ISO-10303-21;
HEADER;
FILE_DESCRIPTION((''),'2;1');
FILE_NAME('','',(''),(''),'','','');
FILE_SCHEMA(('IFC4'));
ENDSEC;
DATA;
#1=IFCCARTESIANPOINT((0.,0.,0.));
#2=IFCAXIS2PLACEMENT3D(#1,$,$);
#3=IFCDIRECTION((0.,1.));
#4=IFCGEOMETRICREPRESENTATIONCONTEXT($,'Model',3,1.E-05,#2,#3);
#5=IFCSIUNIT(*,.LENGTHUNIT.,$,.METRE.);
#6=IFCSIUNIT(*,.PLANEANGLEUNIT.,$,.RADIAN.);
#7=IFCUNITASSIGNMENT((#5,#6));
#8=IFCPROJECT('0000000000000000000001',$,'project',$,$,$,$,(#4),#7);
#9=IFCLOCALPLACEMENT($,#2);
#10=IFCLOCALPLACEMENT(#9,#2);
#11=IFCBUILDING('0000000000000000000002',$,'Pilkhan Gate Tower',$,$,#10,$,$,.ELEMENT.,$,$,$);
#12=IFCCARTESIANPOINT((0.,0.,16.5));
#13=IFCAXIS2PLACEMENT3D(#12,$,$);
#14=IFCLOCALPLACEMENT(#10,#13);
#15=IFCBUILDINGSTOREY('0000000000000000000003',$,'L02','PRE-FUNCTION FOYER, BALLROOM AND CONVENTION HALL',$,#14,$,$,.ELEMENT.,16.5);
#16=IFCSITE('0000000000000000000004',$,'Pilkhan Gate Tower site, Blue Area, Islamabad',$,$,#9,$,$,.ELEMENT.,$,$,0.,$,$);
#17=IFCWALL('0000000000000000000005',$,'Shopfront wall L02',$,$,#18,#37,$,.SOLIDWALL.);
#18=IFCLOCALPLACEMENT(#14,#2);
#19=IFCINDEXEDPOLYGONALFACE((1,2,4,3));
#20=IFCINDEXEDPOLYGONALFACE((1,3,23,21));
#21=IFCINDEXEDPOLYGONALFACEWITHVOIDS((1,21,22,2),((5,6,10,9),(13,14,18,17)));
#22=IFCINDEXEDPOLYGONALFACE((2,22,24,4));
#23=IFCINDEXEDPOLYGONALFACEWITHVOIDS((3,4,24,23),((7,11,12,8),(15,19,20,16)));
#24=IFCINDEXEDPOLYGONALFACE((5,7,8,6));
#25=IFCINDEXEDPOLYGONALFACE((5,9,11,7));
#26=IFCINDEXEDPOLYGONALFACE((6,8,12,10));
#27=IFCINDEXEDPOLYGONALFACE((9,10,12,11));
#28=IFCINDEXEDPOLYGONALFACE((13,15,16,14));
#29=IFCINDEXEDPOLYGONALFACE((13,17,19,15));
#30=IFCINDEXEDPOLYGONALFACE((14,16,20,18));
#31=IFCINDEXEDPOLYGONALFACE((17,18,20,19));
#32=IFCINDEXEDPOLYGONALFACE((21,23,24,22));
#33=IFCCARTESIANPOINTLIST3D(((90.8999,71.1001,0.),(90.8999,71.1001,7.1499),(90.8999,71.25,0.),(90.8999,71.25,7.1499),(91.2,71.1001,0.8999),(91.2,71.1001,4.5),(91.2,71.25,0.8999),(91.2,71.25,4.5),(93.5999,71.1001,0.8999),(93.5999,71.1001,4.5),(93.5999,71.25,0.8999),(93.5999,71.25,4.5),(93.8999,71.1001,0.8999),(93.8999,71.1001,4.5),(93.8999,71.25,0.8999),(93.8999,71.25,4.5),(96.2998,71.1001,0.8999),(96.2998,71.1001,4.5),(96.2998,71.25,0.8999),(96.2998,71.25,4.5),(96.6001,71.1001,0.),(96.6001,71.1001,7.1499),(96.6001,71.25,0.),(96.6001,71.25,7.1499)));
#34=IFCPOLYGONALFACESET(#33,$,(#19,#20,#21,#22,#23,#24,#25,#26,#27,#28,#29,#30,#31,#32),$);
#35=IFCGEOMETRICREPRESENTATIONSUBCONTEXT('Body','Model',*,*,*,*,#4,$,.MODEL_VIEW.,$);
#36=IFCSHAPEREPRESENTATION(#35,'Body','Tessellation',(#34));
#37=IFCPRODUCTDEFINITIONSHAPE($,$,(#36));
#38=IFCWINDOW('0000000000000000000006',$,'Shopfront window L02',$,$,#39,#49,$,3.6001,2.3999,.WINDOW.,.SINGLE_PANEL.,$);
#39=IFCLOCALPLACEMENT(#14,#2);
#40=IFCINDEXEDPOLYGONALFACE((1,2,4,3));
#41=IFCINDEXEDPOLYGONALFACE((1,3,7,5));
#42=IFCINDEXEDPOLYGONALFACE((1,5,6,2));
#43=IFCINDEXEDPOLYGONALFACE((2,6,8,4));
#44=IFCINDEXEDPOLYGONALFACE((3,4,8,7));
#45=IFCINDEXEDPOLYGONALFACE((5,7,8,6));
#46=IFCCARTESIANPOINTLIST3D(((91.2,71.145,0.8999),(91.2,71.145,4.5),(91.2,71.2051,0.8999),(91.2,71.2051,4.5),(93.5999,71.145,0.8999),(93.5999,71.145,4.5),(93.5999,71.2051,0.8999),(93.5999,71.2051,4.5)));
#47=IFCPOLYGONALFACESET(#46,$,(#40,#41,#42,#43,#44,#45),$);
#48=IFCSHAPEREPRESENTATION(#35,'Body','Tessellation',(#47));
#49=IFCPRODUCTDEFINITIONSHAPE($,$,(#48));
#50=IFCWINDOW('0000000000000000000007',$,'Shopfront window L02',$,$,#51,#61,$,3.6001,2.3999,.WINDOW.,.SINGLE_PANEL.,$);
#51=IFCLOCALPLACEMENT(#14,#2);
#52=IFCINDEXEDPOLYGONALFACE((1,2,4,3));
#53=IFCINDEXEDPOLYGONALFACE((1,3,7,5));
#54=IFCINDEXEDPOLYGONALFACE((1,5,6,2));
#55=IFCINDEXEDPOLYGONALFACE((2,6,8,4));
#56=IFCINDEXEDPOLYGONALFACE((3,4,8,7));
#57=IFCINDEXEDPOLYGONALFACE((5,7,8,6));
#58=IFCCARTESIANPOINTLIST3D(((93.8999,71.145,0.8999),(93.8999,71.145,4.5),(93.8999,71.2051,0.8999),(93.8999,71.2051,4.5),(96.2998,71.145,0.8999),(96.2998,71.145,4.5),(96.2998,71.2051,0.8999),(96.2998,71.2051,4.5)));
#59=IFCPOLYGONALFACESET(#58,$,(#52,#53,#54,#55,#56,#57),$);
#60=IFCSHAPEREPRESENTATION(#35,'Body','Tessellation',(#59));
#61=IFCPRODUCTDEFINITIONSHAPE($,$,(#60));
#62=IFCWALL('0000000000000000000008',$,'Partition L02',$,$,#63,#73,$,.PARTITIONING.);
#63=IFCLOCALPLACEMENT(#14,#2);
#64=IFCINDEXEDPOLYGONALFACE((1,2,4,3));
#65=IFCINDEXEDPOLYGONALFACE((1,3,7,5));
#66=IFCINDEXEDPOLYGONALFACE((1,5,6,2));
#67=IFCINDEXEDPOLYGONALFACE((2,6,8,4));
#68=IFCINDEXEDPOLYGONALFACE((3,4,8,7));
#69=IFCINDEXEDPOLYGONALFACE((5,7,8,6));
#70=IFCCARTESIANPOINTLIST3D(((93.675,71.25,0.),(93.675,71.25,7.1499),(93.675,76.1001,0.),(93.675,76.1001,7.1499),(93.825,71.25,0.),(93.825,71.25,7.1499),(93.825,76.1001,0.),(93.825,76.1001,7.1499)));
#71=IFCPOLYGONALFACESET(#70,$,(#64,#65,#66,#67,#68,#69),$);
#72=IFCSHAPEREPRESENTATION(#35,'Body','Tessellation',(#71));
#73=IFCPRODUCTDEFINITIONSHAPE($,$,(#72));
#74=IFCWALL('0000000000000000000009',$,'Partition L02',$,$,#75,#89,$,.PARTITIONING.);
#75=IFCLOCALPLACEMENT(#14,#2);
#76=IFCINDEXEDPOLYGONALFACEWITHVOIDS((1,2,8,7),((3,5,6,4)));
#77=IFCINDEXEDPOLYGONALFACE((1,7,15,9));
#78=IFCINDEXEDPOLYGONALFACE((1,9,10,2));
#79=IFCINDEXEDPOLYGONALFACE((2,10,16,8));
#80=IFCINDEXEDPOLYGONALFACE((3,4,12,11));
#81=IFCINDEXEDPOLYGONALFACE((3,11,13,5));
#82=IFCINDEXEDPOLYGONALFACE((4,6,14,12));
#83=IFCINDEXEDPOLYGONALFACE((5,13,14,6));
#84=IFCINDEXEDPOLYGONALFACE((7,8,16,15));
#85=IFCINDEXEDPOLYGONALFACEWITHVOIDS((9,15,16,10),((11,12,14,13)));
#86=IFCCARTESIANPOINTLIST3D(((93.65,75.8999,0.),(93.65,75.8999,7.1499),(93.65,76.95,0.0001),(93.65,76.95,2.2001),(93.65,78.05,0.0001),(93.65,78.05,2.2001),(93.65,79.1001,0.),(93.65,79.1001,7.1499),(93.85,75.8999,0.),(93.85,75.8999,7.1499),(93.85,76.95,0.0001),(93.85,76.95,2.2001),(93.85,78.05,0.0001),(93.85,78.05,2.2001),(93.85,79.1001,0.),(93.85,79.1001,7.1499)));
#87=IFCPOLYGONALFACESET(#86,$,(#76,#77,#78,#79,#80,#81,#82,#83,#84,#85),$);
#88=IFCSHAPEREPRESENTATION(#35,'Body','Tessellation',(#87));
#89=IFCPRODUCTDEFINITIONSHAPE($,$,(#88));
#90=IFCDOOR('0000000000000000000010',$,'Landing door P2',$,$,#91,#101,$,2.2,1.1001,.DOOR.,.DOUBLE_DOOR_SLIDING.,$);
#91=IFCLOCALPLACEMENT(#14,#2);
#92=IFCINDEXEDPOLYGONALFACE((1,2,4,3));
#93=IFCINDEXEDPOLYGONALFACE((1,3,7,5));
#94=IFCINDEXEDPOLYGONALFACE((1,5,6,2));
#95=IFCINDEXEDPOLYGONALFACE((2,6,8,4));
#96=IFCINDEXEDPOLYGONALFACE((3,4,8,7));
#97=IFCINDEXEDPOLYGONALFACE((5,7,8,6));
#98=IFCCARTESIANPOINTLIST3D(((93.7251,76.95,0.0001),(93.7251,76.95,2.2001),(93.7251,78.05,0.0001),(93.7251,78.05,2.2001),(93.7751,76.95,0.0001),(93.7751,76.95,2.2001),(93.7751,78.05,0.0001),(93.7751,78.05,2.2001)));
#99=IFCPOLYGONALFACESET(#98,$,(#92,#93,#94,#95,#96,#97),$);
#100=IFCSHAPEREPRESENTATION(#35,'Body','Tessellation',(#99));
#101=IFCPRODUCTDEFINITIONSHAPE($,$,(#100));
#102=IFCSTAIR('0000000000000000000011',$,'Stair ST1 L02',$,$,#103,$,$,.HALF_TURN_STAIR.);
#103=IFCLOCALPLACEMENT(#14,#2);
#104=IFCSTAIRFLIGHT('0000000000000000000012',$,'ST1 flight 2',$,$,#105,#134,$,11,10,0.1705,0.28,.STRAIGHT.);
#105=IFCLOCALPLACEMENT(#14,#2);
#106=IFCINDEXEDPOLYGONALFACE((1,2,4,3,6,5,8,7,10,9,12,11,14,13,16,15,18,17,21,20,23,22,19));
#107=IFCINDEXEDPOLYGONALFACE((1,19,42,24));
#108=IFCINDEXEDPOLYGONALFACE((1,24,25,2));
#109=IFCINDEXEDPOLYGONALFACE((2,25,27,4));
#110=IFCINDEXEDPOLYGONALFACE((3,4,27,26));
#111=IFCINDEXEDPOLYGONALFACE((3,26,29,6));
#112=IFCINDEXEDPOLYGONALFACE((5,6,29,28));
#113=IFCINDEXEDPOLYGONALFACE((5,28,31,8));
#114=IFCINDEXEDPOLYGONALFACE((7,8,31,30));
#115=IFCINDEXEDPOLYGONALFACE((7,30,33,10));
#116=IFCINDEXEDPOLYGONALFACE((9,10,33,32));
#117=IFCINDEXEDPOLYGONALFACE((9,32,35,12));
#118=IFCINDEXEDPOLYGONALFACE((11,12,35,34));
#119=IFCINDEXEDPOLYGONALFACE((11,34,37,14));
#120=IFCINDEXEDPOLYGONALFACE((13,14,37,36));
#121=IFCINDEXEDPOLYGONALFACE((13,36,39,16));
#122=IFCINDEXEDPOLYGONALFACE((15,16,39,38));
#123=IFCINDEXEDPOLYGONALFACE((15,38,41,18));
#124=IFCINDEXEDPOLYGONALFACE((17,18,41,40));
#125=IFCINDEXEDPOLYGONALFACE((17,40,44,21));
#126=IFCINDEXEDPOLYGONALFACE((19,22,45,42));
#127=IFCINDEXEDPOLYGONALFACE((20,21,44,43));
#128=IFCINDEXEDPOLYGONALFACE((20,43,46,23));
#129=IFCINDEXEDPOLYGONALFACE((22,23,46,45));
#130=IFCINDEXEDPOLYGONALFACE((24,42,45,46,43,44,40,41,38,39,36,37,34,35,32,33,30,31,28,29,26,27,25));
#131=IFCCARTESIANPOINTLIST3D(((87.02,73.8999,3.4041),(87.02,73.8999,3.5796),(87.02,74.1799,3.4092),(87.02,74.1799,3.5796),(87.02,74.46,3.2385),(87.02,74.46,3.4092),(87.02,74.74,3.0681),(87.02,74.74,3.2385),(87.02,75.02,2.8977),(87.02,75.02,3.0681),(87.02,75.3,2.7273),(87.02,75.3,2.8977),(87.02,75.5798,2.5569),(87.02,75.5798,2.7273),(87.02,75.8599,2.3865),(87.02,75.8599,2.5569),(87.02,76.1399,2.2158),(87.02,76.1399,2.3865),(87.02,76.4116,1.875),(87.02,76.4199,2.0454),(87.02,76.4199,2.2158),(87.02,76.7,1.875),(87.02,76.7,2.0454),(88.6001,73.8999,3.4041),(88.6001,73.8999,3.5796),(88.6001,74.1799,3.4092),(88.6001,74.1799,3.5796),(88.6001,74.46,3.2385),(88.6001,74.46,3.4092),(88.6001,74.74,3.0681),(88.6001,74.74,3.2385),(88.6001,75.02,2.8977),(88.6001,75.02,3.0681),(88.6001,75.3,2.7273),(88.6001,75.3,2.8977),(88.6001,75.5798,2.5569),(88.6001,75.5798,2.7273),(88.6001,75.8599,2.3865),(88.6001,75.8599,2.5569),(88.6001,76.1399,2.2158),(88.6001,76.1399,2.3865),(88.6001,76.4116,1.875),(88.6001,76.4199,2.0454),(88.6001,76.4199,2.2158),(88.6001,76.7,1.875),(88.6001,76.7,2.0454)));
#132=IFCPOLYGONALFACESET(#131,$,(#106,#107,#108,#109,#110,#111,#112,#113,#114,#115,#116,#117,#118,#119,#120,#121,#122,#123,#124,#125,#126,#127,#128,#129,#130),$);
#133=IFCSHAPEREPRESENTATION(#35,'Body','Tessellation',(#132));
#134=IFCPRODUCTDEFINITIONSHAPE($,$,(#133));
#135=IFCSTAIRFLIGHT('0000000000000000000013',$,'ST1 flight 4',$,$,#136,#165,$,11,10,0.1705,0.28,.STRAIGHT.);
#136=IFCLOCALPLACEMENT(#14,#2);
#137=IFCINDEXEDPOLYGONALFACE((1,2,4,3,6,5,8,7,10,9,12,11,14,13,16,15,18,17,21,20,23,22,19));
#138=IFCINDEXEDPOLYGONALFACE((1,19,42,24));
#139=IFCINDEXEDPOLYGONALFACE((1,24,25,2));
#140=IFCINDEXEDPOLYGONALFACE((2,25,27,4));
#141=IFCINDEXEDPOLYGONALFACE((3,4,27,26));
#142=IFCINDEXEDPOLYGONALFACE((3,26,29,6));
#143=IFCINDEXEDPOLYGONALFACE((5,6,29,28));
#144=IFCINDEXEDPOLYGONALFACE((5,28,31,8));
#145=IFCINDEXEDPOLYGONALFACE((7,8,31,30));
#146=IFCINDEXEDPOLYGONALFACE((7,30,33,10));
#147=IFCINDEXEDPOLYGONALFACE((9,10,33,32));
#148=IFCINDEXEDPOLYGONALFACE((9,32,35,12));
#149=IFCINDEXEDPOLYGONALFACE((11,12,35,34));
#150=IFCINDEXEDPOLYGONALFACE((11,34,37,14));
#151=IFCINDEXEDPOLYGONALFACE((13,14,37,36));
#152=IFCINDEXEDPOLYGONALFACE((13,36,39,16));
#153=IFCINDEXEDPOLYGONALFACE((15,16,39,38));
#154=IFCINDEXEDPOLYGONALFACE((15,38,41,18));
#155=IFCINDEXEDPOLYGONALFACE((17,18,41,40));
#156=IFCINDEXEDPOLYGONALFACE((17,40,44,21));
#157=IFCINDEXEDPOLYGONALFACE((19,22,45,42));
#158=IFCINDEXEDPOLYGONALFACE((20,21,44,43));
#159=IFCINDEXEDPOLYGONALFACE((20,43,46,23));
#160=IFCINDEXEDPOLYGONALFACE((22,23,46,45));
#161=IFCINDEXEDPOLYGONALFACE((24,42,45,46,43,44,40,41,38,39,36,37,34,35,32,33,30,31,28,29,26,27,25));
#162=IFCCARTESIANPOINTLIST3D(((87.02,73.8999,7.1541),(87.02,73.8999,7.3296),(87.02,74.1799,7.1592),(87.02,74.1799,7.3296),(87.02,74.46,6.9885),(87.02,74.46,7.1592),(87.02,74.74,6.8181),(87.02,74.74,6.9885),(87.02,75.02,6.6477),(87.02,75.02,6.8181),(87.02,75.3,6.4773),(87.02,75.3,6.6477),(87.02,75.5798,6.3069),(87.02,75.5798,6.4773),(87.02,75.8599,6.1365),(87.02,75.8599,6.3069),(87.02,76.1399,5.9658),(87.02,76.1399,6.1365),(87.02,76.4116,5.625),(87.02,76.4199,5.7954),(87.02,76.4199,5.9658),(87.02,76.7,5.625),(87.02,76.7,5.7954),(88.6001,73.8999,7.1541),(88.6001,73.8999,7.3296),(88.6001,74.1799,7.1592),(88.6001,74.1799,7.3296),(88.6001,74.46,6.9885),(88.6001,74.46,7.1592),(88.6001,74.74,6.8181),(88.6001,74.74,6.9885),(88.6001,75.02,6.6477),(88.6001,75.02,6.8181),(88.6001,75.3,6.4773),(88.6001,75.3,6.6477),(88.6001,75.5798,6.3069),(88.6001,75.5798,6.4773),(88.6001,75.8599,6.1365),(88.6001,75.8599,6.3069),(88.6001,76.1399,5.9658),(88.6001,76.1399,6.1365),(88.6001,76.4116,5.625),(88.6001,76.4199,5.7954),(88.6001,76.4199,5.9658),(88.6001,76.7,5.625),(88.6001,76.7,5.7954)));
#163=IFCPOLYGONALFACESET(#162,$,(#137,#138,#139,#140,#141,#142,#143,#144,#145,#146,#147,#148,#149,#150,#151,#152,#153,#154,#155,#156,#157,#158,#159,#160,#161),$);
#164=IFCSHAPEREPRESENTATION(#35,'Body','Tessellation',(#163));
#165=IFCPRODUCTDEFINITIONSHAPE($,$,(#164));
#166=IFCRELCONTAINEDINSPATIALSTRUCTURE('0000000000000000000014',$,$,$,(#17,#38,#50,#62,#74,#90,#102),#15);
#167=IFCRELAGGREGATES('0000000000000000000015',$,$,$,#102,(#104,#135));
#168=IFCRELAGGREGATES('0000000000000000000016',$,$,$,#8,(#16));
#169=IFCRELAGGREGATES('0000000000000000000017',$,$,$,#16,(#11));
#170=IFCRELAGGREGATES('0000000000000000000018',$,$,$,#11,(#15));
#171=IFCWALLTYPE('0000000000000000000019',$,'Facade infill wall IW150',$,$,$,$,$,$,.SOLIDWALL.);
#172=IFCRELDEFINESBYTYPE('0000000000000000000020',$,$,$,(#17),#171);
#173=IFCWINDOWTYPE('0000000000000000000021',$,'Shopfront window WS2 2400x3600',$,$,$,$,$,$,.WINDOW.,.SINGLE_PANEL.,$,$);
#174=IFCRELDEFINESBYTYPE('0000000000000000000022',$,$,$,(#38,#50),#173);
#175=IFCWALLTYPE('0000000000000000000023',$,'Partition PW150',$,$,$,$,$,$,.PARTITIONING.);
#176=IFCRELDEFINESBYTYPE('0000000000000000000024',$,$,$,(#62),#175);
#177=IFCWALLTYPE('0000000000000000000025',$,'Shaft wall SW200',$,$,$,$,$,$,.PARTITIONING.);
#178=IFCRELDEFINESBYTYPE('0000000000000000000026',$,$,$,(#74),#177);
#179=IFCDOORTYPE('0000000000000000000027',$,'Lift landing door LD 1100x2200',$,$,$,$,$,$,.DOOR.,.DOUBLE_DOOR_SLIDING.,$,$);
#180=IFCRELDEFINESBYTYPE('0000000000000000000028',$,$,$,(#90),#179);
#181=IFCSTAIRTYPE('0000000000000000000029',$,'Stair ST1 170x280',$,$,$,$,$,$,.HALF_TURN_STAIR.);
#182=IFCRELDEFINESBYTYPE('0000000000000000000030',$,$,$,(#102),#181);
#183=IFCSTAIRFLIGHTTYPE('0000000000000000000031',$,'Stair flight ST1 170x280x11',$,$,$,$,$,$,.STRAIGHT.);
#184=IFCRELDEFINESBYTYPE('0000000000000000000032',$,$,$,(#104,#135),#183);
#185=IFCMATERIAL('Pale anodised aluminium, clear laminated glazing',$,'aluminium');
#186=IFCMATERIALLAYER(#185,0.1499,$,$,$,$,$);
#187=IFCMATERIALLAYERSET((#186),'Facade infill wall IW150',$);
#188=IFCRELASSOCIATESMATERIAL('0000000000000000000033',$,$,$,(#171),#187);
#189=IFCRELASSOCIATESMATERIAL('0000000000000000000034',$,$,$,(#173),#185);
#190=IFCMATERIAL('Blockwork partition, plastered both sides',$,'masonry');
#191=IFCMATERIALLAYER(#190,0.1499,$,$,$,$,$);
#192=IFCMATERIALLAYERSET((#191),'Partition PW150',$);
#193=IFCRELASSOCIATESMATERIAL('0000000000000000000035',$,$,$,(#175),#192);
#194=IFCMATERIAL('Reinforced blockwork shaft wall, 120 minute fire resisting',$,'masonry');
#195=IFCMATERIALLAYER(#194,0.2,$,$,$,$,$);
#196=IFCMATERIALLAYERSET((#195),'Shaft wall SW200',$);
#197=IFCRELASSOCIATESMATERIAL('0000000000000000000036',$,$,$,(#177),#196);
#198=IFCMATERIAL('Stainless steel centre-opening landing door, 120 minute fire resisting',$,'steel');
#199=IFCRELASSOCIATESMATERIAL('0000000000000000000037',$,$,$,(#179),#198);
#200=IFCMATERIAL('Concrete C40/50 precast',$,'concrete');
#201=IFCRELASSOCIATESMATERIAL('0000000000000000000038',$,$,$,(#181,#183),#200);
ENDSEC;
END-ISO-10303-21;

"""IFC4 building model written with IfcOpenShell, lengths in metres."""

from ifc_helpers import new_model, si_unit, direction, frame, frame_2d, origin, place, context, subcontext, project, spatial, polyline, rectangle, outline, extrude, material, layer, layer_set, type_object, element, fill, aggregate, save


model = new_model("IFC4")

# Units and contexts
model_context = context("Model", 3, precision=1e-05, world=origin(), true_north=direction((0.0, 1.0)))
body_context = subcontext(model_context, "Body", "Model", "MODEL_VIEW")
ifc_project = project(units=[si_unit("LENGTHUNIT", "METRE"), si_unit("PLANEANGLEUNIT", "RADIAN")], contexts=[model_context])

# Site, building, storey
site_placement = place(None, origin())
site = spatial("IfcSite", under=ifc_project, at=site_placement, Name="Pilkhan Gate Tower site, Blue Area, Islamabad", CompositionType="ELEMENT", RefElevation=0.0)
building_placement = place(site_placement, origin())
building = spatial("IfcBuilding", under=site, at=building_placement, Name="Pilkhan Gate Tower", CompositionType="ELEMENT")
storey_placement = place(building_placement, frame((0.0, 0.0, 16.5)))
storey = spatial("IfcBuildingStorey", under=building, at=storey_placement, Name="L02", Description="PRE-FUNCTION FOYER, BALLROOM AND CONVENTION HALL", CompositionType="ELEMENT", Elevation=16.5)

# Wall, openings, windows
ifc_material_1 = material(Name="Pale anodised aluminium, clear laminated glazing", Category="aluminium")
ifc_layer_1 = layer(ifc_material_1, 0.1499)
ifc_layer_set_1 = layer_set([ifc_layer_1], Name="Facade infill wall IW150")
wall_type_1 = type_object("IfcWallType", Name="Facade infill wall IW150", PredefinedType="SOLIDWALL", material=ifc_layer_set_1)
wall_1_placement = place(storey_placement, frame((90.8999, 71.175, 0.0), z_axis=(0.0, 0.0, 1.0), x_axis=(1.0, 0.0, 0.0)))
wall_1 = element("IfcWall", 1, at=wall_1_placement, inside=storey, type_object=wall_type_1, Name="Shopfront wall L02", PredefinedType="SOLIDWALL", context=body_context, shape_type="SweptSolid", body=[
    extrude(rectangle(XDim=5.7002, YDim=0.1499, at=frame_2d((2.8501, 0.0))), origin(), (0.0, 0.0, 1.0), 7.1499),
])
opening_1_placement = place(wall_1_placement, frame((0.3, 0.0, 0.8999)))
opening_1 = element("IfcOpeningElement", 2, at=opening_1_placement, cuts=wall_1, PredefinedType="OPENING", context=body_context, shape_type="SweptSolid", body=[
    extrude(rectangle(XDim=2.3999, YDim=3.6001, at=frame_2d((1.2, 1.8))), frame((0.0, 0.085, 0.0), z_axis=(0.0, -1.0, 0.0), x_axis=(1.0, 0.0, 0.0)), (0.0, 0.0, 1.0), 0.1699),
])
opening_2_placement = place(wall_1_placement, frame((3.0, 0.0, 0.8999)))
opening_2 = element("IfcOpeningElement", 3, at=opening_2_placement, cuts=wall_1, PredefinedType="OPENING", context=body_context, shape_type="SweptSolid", body=[
    extrude(rectangle(XDim=2.3999, YDim=3.6001, at=frame_2d((1.2, 1.8))), frame((0.0, 0.085, 0.0), z_axis=(0.0, -1.0, 0.0), x_axis=(1.0, 0.0, 0.0)), (0.0, 0.0, 1.0), 0.1699),
])
window_type = type_object("IfcWindowType", Name="Shopfront window WS2 2400x3600", PartitioningType="SINGLE_PANEL", PredefinedType="WINDOW", material=ifc_material_1)
window_1_placement = place(opening_1_placement, origin())
window_1 = element("IfcWindow", 4, at=window_1_placement, inside=storey, type_object=window_type, Name="Shopfront window L02", OverallHeight=3.6001, OverallWidth=2.3999, PartitioningType="SINGLE_PANEL", PredefinedType="WINDOW", context=body_context, shape_type="SweptSolid", body=[
    extrude(rectangle(XDim=2.3999, YDim=3.6001, at=frame_2d((1.2, 1.8))), frame((0.0, 0.03, 0.0), z_axis=(0.0, -1.0, 0.0), x_axis=(1.0, 0.0, 0.0)), (0.0, 0.0, 1.0), 0.0601),
])
fill(opening_1, window_1)
window_2_placement = place(opening_2_placement, origin())
window_2 = element("IfcWindow", 5, at=window_2_placement, inside=storey, type_object=window_type, Name="Shopfront window L02", OverallHeight=3.6001, OverallWidth=2.3999, PartitioningType="SINGLE_PANEL", PredefinedType="WINDOW", context=body_context, shape_type="SweptSolid", body=[
    extrude(rectangle(XDim=2.3999, YDim=3.6001, at=frame_2d((1.2, 1.8))), frame((0.0, 0.03, 0.0), z_axis=(0.0, -1.0, 0.0), x_axis=(1.0, 0.0, 0.0)), (0.0, 0.0, 1.0), 0.0601),
])
fill(opening_2, window_2)

# Wall
ifc_material_2 = material(Name="Blockwork partition, plastered both sides", Category="masonry")
ifc_layer_2 = layer(ifc_material_2, 0.1499)
ifc_layer_set_2 = layer_set([ifc_layer_2], Name="Partition PW150")
wall_type_2 = type_object("IfcWallType", Name="Partition PW150", PredefinedType="PARTITIONING", material=ifc_layer_set_2)
wall_2_placement = place(storey_placement, frame((93.75, 71.25, 0.0), z_axis=(0.0, 0.0, 1.0), x_axis=(0.0, 1.0, 0.0)))
element("IfcWall", 6, at=wall_2_placement, inside=storey, type_object=wall_type_2, Name="Partition L02", PredefinedType="PARTITIONING", context=body_context, shape_type="SweptSolid", body=[
    extrude(rectangle(XDim=4.8501, YDim=0.1499, at=frame_2d((2.425, 0.0))), origin(), (0.0, 0.0, 1.0), 7.1499),
])

# Wall, opening, door
ifc_material_3 = material(Name="Reinforced blockwork shaft wall, 120 minute fire resisting", Category="masonry")
ifc_layer_3 = layer(ifc_material_3, 0.2)
ifc_layer_set_3 = layer_set([ifc_layer_3], Name="Shaft wall SW200")
wall_type_3 = type_object("IfcWallType", Name="Shaft wall SW200", PredefinedType="PARTITIONING", material=ifc_layer_set_3)
wall_3_placement = place(storey_placement, frame((93.75, 75.8999, 0.0), z_axis=(0.0, 0.0, 1.0), x_axis=(0.0, 1.0, 0.0)))
wall_3 = element("IfcWall", 7, at=wall_3_placement, inside=storey, type_object=wall_type_3, Name="Partition L02", PredefinedType="PARTITIONING", context=body_context, shape_type="SweptSolid", body=[
    extrude(rectangle(XDim=3.2002, YDim=0.2, at=frame_2d((1.6001, 0.0))), origin(), (0.0, 0.0, 1.0), 7.1499),
])
opening_3_placement = place(wall_3_placement, frame((1.05, 0.0, 0.0)))
opening_3 = element("IfcOpeningElement", 8, at=opening_3_placement, cuts=wall_3, PredefinedType="OPENING", context=body_context, shape_type="SweptSolid", body=[
    extrude(rectangle(XDim=1.1001, YDim=2.2, at=frame_2d((0.55, 1.1001))), frame((0.0, 0.1099, 0.0), z_axis=(0.0, -1.0, 0.0), x_axis=(1.0, 0.0, 0.0)), (0.0, 0.0, 1.0), 0.22),
])
ifc_material_4 = material(Name="Stainless steel centre-opening landing door, 120 minute fire resisting", Category="steel")
door_type_1 = type_object("IfcDoorType", Name="Lift landing door LD 1100x2200", OperationType="DOUBLE_DOOR_SLIDING", PredefinedType="DOOR", material=ifc_material_4)
door_1_placement = place(opening_3_placement, origin())
door_1 = element("IfcDoor", 9, at=door_1_placement, inside=storey, type_object=door_type_1, Name="Landing door P2", OperationType="DOUBLE_DOOR_SLIDING", OverallHeight=2.2, OverallWidth=1.1001, PredefinedType="DOOR", context=body_context, shape_type="SweptSolid", body=[
    extrude(rectangle(XDim=1.1001, YDim=2.2, at=frame_2d((0.55, 1.1001))), frame((0.0, 0.0249, 0.0), z_axis=(0.0, -1.0, 0.0), x_axis=(1.0, 0.0, 0.0)), (0.0, 0.0, 1.0), 0.05),
])
fill(opening_3, door_1)

# Stair, stair flights
ifc_material_5 = material(Name="Concrete C40/50 precast", Category="concrete")
stair_type = type_object("IfcStairType", Name="Stair ST1 170x280", PredefinedType="HALF_TURN_STAIR", material=ifc_material_5)
stair_placement = place(storey_placement, origin())
stair = element("IfcStair", 10, at=stair_placement, inside=storey, type_object=stair_type, Name="Stair ST1 L02", PredefinedType="HALF_TURN_STAIR")
stair_flight_type = type_object("IfcStairFlightType", Name="Stair flight ST1 170x280x11", PredefinedType="STRAIGHT", material=ifc_material_5)
stair_flight_1_placement = place(storey_placement, frame((87.8101, 76.7, 1.875), z_axis=(0.0, 0.0, 1.0), x_axis=(0.0, -1.0, 0.0)))
stair_flight_1 = element("IfcStairFlight", 11, at=stair_flight_1_placement, type_object=stair_flight_type, Name="ST1 flight 2", NumberOfRisers=11, NumberOfTreads=10, PredefinedType="STRAIGHT", RiserHeight=0.1705, TreadLength=0.28, context=body_context, shape_type="SweptSolid", body=[
    extrude(outline(polyline([(0.0, 0.0), (0.0, 0.1704), (0.28, 0.1704), (0.28, 0.3408), (0.5601, 0.3408), (0.5601, 0.5115), (0.8401, 0.5115), (0.8401, 0.6819), (1.1201, 0.6819), (1.1201, 0.8523), (1.3999, 0.8523), (1.3999, 1.0227), (1.6799, 1.0227), (1.6799, 1.1931), (1.96, 1.1931), (1.96, 1.3635), (2.24, 1.3635), (2.24, 1.5342), (2.52, 1.5342), (2.52, 1.7046), (2.8, 1.7046), (2.8, 1.875), (2.8, 1.5291), (0.2883, 0.0), (0.0, 0.0)])), frame((0.0, 0.79, 0.0), z_axis=(0.0, -1.0, 0.0), x_axis=(1.0, 0.0, 0.0)), (0.0, 0.0, 1.0), 1.5801),
])
stair_flight_2_placement = place(storey_placement, frame((87.8101, 76.7, 5.625), z_axis=(0.0, 0.0, 1.0), x_axis=(0.0, -1.0, 0.0)))
stair_flight_2 = element("IfcStairFlight", 12, at=stair_flight_2_placement, type_object=stair_flight_type, Name="ST1 flight 4", NumberOfRisers=11, NumberOfTreads=10, PredefinedType="STRAIGHT", RiserHeight=0.1705, TreadLength=0.28, context=body_context, shape_type="SweptSolid", body=[
    extrude(outline(polyline([(0.0, 0.0), (0.0, 0.1704), (0.28, 0.1704), (0.28, 0.3408), (0.5601, 0.3408), (0.5601, 0.5115), (0.8401, 0.5115), (0.8401, 0.6819), (1.1201, 0.6819), (1.1201, 0.8523), (1.3999, 0.8523), (1.3999, 1.0227), (1.6799, 1.0227), (1.6799, 1.1931), (1.96, 1.1931), (1.96, 1.3635), (2.24, 1.3635), (2.24, 1.5342), (2.52, 1.5342), (2.52, 1.7046), (2.8, 1.7046), (2.8, 1.875), (2.8, 1.5291), (0.2883, 0.0), (0.0, 0.0)])), frame((0.0, 0.79, 0.0), z_axis=(0.0, -1.0, 0.0), x_axis=(1.0, 0.0, 0.0)), (0.0, 0.0, 1.0), 1.5801),
])
aggregate(stair, [stair_flight_1, stair_flight_2])

save(model, "model.ifc")
